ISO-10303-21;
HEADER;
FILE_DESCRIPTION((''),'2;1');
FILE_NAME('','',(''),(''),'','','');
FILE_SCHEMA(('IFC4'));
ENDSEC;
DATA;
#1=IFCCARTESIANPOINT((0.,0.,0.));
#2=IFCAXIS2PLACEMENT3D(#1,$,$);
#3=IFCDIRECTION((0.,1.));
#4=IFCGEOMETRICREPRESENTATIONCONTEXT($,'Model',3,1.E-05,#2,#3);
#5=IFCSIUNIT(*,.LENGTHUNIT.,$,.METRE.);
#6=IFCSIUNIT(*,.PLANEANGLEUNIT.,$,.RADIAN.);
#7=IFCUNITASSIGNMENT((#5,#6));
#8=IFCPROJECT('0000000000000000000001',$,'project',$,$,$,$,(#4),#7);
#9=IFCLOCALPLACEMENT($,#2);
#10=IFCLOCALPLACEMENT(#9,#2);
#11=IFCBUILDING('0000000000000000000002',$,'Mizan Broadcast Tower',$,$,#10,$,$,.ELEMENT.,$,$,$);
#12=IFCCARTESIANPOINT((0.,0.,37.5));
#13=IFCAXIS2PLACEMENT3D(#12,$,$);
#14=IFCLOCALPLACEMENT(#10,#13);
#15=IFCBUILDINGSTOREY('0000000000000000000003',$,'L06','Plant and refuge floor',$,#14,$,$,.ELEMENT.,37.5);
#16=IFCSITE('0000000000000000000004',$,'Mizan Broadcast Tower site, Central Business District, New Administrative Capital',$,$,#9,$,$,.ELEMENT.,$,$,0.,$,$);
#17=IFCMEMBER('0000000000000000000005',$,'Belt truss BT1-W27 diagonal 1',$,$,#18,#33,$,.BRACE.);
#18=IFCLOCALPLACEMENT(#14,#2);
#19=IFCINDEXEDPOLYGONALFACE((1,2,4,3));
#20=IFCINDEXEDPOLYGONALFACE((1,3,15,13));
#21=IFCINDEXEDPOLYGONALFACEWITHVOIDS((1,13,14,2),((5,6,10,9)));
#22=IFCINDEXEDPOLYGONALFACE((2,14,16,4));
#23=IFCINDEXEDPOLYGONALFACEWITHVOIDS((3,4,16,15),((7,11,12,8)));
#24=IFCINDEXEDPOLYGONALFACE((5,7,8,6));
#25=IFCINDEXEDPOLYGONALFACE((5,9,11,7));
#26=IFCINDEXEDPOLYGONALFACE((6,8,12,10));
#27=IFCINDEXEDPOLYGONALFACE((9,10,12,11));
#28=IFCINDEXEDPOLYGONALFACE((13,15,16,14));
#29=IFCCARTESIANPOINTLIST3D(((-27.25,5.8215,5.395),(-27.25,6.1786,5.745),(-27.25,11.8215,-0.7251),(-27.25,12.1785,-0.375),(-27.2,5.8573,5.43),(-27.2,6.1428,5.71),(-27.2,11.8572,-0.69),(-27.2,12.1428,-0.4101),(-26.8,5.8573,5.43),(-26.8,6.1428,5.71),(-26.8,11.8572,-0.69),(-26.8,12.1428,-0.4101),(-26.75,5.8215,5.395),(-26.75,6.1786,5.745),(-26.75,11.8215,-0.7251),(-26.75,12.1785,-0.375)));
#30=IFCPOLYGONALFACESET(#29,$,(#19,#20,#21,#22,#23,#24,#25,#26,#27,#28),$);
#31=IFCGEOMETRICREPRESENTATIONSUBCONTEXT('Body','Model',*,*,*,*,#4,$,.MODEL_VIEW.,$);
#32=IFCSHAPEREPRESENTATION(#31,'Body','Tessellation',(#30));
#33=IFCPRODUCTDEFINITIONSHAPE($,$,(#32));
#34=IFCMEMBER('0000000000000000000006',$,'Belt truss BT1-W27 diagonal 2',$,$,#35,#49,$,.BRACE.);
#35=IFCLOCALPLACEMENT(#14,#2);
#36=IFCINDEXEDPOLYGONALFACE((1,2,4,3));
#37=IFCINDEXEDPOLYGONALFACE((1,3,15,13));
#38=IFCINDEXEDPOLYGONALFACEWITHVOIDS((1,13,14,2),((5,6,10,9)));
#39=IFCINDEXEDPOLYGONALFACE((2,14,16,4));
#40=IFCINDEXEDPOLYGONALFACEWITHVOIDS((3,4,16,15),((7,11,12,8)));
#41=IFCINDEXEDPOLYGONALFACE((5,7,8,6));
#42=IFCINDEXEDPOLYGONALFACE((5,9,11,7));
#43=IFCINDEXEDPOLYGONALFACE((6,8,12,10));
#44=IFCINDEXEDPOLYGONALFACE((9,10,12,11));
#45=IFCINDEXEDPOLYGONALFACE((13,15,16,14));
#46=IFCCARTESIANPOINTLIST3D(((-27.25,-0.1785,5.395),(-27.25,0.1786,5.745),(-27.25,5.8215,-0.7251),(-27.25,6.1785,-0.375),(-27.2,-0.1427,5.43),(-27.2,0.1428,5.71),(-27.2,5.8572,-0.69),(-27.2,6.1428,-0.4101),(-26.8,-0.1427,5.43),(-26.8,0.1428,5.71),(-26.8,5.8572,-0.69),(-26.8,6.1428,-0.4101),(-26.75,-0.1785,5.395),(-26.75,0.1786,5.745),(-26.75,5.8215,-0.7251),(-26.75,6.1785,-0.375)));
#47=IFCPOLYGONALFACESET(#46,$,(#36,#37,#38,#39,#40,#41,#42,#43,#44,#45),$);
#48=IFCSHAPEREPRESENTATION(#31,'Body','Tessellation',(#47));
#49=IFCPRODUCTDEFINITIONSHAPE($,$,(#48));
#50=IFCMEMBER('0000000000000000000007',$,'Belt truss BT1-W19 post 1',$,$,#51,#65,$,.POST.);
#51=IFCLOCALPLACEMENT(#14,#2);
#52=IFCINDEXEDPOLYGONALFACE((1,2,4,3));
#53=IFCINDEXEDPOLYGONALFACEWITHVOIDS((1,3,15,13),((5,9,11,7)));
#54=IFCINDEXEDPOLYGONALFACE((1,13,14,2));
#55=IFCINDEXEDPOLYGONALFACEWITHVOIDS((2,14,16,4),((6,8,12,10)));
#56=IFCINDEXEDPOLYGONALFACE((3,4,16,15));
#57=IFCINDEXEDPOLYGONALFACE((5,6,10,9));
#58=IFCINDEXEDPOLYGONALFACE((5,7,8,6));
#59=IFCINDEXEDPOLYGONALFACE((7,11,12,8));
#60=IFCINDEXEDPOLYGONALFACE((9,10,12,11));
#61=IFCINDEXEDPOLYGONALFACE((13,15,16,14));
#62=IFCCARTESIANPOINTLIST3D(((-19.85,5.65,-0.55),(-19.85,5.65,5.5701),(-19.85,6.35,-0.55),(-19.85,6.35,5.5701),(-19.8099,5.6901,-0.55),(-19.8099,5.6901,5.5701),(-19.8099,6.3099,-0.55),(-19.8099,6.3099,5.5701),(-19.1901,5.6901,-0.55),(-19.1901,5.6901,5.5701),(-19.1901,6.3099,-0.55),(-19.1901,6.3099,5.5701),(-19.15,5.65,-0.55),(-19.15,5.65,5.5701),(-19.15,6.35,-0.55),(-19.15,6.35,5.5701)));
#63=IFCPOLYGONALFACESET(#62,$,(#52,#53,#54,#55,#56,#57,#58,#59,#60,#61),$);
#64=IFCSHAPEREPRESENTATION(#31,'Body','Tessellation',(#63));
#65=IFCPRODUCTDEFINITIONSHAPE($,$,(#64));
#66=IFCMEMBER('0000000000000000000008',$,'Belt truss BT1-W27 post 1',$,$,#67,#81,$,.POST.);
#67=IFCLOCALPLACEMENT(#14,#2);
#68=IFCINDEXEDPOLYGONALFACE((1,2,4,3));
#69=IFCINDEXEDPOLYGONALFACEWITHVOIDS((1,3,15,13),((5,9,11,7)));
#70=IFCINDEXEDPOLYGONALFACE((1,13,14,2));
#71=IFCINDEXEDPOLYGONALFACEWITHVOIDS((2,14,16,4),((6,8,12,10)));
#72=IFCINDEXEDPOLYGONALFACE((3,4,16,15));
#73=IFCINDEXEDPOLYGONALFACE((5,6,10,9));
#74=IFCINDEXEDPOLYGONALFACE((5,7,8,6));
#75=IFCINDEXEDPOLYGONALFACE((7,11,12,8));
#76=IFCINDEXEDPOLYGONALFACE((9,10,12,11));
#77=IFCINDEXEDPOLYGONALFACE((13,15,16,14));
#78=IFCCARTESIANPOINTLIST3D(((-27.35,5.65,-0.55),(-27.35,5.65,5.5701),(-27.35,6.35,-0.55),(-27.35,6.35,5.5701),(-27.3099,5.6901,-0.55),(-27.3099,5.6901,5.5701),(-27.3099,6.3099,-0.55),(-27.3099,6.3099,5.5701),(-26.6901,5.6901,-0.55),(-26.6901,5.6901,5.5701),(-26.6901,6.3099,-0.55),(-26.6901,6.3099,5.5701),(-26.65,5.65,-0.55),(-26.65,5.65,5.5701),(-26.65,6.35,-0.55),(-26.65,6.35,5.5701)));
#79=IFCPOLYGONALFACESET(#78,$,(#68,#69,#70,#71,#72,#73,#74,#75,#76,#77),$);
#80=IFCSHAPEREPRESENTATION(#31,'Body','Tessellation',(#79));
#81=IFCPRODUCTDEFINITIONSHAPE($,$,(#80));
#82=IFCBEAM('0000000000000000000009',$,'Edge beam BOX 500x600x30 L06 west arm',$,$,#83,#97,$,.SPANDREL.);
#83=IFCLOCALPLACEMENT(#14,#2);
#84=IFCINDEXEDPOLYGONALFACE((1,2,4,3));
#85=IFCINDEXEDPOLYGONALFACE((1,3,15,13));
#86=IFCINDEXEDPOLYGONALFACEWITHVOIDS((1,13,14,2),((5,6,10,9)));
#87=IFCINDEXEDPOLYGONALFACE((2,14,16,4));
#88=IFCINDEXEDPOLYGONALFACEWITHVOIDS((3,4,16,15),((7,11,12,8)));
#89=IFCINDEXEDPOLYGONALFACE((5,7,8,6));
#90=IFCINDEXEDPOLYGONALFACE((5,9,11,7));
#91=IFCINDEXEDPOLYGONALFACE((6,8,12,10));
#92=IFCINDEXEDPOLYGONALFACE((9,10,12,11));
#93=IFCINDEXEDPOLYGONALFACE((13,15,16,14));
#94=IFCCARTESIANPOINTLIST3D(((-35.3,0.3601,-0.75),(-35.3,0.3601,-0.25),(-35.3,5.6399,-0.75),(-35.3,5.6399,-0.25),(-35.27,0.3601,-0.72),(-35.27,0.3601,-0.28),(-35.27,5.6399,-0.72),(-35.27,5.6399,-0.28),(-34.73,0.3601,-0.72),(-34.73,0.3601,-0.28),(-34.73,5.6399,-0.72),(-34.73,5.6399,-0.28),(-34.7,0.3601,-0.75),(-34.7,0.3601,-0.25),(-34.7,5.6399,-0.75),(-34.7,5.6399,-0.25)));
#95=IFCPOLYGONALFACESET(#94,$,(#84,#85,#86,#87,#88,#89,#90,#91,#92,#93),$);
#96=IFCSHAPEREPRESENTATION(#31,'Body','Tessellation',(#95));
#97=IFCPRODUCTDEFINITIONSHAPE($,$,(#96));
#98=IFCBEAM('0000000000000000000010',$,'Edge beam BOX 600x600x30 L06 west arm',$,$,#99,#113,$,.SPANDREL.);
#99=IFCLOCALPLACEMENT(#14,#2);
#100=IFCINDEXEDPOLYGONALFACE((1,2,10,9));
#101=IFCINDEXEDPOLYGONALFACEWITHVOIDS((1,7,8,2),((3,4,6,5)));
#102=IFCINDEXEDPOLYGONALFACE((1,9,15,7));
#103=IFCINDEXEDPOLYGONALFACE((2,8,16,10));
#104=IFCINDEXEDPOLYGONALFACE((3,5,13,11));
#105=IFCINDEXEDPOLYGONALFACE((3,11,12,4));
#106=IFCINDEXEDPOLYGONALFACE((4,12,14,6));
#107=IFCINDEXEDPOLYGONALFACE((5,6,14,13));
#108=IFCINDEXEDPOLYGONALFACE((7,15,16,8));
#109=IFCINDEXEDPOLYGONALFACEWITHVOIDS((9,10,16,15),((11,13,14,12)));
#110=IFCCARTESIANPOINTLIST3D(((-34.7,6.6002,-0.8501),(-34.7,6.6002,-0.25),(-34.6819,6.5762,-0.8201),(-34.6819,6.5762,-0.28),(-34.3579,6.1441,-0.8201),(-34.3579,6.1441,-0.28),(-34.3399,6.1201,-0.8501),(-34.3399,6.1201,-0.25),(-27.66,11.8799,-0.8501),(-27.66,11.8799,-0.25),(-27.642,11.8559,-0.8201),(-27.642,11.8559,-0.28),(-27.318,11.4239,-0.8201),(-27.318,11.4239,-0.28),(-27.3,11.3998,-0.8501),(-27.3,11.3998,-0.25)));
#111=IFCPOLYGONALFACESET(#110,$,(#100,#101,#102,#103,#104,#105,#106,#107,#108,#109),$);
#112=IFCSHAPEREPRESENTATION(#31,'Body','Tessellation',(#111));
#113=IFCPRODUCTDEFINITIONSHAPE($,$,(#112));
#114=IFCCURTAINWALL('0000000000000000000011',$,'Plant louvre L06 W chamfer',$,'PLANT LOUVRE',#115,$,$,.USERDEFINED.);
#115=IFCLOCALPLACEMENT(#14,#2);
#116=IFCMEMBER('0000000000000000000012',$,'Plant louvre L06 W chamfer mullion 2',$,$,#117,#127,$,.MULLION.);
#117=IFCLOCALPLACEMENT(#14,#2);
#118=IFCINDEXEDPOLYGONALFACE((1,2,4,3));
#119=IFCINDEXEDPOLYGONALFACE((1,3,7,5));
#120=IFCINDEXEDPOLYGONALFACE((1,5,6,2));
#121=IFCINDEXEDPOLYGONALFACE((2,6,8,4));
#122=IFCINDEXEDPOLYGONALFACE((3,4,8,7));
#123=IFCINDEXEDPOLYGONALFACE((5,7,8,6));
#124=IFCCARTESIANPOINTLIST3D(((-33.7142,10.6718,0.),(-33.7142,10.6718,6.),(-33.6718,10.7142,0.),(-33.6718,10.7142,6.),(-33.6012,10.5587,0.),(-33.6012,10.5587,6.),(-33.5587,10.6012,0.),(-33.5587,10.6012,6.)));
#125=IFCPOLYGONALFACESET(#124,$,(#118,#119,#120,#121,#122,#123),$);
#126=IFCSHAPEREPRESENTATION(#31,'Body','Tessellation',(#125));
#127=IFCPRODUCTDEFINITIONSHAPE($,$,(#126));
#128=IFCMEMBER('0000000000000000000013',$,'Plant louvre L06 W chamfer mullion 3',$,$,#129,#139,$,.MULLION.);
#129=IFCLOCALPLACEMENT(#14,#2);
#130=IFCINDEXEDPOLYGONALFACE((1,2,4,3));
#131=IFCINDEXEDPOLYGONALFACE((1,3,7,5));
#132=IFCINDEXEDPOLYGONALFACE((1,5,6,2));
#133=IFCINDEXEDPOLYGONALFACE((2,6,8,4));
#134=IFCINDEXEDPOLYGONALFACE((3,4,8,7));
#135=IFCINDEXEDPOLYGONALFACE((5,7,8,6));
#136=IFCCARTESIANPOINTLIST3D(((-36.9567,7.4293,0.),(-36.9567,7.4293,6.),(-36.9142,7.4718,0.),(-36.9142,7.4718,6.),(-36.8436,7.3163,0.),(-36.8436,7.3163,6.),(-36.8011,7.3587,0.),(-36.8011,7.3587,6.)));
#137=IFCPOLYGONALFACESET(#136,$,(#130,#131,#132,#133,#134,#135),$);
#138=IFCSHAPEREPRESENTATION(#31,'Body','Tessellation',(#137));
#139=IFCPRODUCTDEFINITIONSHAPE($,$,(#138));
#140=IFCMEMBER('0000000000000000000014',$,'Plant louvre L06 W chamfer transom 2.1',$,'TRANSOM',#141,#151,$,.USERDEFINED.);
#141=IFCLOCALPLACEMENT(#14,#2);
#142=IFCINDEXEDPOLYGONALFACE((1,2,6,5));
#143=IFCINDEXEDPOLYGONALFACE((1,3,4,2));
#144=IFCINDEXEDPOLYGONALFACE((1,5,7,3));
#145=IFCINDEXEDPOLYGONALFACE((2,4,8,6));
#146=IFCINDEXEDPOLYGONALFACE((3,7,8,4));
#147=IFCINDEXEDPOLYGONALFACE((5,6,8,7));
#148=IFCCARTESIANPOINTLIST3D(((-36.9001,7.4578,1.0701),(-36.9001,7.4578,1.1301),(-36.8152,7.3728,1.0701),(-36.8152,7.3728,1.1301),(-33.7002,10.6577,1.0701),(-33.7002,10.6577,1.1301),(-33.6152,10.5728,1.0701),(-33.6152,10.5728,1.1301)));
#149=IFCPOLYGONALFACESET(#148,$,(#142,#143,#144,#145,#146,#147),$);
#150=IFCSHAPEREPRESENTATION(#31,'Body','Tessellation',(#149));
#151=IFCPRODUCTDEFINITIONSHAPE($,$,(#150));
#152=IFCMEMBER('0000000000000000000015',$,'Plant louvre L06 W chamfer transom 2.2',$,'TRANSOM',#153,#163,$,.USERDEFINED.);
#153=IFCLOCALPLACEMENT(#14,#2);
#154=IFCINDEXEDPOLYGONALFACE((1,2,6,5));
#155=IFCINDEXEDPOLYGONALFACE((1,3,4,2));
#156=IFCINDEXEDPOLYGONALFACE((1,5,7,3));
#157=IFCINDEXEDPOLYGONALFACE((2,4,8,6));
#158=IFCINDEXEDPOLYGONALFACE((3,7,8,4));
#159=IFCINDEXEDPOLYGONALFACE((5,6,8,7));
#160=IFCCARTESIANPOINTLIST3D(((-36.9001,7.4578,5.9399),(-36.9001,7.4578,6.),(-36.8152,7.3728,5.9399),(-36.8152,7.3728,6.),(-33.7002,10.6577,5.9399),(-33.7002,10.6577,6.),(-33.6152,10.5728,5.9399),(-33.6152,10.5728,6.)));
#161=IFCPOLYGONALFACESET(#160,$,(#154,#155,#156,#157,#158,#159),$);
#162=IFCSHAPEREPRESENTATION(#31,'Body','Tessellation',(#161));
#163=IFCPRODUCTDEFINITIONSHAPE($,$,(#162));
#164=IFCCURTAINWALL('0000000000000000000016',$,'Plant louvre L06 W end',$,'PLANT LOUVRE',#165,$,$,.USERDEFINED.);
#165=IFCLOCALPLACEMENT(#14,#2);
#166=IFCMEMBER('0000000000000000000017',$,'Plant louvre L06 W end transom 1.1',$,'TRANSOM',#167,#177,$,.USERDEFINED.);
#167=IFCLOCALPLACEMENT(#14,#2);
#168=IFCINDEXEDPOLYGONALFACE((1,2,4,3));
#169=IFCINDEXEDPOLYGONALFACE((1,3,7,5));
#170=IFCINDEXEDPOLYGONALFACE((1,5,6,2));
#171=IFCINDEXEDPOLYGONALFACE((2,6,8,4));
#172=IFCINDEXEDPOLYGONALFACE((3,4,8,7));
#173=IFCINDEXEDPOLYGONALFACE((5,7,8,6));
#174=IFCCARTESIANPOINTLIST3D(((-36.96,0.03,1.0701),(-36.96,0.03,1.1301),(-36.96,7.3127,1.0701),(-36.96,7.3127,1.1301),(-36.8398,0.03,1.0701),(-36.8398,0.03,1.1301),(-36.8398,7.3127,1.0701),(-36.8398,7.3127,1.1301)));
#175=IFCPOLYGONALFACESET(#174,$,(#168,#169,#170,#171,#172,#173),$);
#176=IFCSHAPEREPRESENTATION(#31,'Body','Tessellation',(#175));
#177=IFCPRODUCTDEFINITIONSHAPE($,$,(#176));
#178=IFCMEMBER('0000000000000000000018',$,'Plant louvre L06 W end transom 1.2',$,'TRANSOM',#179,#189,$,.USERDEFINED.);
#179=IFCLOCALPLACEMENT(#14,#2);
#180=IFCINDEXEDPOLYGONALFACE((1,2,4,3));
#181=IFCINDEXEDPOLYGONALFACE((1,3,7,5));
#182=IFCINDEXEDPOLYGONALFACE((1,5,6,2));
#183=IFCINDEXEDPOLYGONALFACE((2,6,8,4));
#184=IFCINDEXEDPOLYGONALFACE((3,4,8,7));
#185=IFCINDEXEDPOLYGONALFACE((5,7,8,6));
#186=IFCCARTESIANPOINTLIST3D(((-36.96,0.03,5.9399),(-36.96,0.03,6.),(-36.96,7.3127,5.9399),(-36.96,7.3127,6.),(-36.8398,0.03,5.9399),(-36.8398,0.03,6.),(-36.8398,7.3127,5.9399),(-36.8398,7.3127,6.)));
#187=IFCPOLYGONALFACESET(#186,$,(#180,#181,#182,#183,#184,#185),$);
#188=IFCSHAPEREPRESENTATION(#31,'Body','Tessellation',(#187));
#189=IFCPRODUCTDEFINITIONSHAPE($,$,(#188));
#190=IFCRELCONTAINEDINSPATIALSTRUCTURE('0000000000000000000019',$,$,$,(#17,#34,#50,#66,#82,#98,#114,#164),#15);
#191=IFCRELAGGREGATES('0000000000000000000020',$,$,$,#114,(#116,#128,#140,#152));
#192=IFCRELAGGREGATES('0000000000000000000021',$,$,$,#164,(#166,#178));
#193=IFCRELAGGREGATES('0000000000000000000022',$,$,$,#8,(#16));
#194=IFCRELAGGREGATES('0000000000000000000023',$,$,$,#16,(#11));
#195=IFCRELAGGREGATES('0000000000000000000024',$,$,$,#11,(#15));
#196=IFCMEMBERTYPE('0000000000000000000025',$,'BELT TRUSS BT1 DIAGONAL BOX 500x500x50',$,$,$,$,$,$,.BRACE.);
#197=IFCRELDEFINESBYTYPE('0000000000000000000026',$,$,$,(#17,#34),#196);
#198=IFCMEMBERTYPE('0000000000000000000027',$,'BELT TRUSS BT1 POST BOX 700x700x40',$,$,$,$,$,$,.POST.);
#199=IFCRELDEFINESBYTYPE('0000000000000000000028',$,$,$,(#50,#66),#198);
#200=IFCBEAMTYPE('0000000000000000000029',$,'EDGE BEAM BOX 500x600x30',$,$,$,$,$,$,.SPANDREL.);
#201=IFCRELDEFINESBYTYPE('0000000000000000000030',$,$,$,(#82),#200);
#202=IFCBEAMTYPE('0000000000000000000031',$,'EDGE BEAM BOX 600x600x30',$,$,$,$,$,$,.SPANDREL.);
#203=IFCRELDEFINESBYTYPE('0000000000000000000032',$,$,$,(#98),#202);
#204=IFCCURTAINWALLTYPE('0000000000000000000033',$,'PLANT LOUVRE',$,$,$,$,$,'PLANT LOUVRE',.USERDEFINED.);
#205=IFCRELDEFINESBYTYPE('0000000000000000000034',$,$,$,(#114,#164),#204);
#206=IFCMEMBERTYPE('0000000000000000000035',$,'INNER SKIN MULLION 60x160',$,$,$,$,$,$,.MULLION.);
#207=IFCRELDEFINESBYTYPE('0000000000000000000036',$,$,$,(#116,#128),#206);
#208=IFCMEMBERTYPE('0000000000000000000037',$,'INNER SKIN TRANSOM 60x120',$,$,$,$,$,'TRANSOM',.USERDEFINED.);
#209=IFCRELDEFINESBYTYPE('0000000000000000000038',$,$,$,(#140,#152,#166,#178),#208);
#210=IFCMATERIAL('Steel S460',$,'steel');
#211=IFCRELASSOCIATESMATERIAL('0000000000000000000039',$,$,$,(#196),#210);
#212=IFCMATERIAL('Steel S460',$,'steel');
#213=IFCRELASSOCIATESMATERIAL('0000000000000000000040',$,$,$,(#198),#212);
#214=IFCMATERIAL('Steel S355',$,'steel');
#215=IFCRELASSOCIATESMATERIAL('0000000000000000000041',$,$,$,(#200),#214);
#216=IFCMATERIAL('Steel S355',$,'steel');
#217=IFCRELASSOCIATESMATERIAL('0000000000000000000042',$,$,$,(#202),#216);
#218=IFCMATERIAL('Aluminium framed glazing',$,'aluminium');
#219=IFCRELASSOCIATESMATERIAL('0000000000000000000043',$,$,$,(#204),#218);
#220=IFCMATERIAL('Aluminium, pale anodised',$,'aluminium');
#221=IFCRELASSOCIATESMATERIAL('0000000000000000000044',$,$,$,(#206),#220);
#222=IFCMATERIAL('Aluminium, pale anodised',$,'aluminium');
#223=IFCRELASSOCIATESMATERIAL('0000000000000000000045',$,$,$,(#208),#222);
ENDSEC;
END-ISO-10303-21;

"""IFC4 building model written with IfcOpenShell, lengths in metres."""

from ifc_helpers import new_model, si_unit, direction, frame, origin, origin_2d, place, context, subcontext, project, spatial, rectangle, hollow_rectangle, extrude, material, material_profile, profile_set, type_object, element, aggregate, save


model = new_model("IFC4")

# Units and contexts
model_context = context("Model", 3, precision=1e-05, world=origin(), true_north=direction((0.0, 1.0)))
body_context = subcontext(model_context, "Body", "Model", "MODEL_VIEW")
ifc_project = project(units=[si_unit("LENGTHUNIT", "METRE"), si_unit("PLANEANGLEUNIT", "RADIAN")], contexts=[model_context])

# Site, building, storey
site_placement = place(None, origin())
site = spatial("IfcSite", under=ifc_project, at=site_placement, Name="Mizan Broadcast Tower site, Central Business District, New Administrative Capital", CompositionType="ELEMENT", RefElevation=0.0)
building_placement = place(site_placement, origin())
building = spatial("IfcBuilding", under=site, at=building_placement, Name="Mizan Broadcast Tower", CompositionType="ELEMENT")
storey_placement = place(building_placement, frame((0.0, 0.0, 37.5)))
storey = spatial("IfcBuildingStorey", under=building, at=storey_placement, Name="L06", Description="Plant and refuge floor", CompositionType="ELEMENT", Elevation=37.5)

# Members
ifc_material_1 = material(Name="Steel S460", Category="steel")
ifc_material_profile_1 = material_profile(ifc_material_1, hollow_rectangle(XDim=0.5, YDim=0.5, WallThickness=0.05, at=origin_2d()), Name="BOX 500x500x50")
ifc_profile_set_1 = profile_set([ifc_material_profile_1], Name="Steel S460")
member_type_1 = type_object("IfcMemberType", Name="BELT TRUSS BT1 DIAGONAL BOX 500x500x50", PredefinedType="BRACE", material=ifc_profile_set_1)
for number, where, z_axis, x_axis, name in (
    (1, (-27.0, 12.0, -0.55), (0.0, -0.700065, 0.71408), (1.0, 0.0, 0.0), "Belt truss BT1-W27 diagonal 1"),
    (2, (-27.0, 6.0, -0.55), (0.0, -0.700065, 0.71408), (1.0, 0.0, 0.0), "Belt truss BT1-W27 diagonal 2"),
):
    element("IfcMember", number, at=place(storey_placement, frame(where, z_axis=z_axis, x_axis=x_axis)), inside=storey, type_object=member_type_1, Name=name, PredefinedType="BRACE", context=body_context, shape_type="SweptSolid", body=[
        extrude(hollow_rectangle(XDim=0.5, YDim=0.5, WallThickness=0.05, at=origin_2d()), origin(), (0.0, 0.0, 1.0), 8.5706),
    ])
ifc_material_2 = material(Name="Steel S460", Category="steel")
ifc_material_profile_2 = material_profile(ifc_material_2, hollow_rectangle(XDim=0.7, YDim=0.7, WallThickness=0.04, at=origin_2d()), Name="BOX 700x700x40")
ifc_profile_set_2 = profile_set([ifc_material_profile_2], Name="Steel S460")
member_type_2 = type_object("IfcMemberType", Name="BELT TRUSS BT1 POST BOX 700x700x40", PredefinedType="POST", material=ifc_profile_set_2)
for number, where, z_axis, x_axis, name in (
    (3, (-19.5, 6.0, -0.55), (0.0, 0.0, 1.0), (1.0, 0.0, 0.0), "Belt truss BT1-W19 post 1"),
    (4, (-27.0, 6.0, -0.55), (0.0, 0.0, 1.0), (1.0, 0.0, 0.0), "Belt truss BT1-W27 post 1"),
):
    element("IfcMember", number, at=place(storey_placement, frame(where, z_axis=z_axis, x_axis=x_axis)), inside=storey, type_object=member_type_2, Name=name, PredefinedType="POST", context=body_context, shape_type="SweptSolid", body=[
        extrude(hollow_rectangle(XDim=0.7, YDim=0.7, WallThickness=0.04, at=origin_2d()), origin(), (0.0, 0.0, 1.0), 6.1201),
    ])

# Beams
ifc_material_3 = material(Name="Steel S355", Category="steel")
ifc_material_profile_3 = material_profile(ifc_material_3, hollow_rectangle(XDim=0.6001, YDim=0.5, WallThickness=0.03, at=origin_2d()), Name="BOX 500x600x30")
ifc_profile_set_3 = profile_set([ifc_material_profile_3], Name="Steel S355")
beam_type_1 = type_object("IfcBeamType", Name="EDGE BEAM BOX 500x600x30", PredefinedType="SPANDREL", material=ifc_profile_set_3)
beam_1_placement = place(storey_placement, frame((-35.0, 5.6399, -0.5), z_axis=(0.0, -1.0, 0.0), x_axis=(1.0, 0.0, 0.0)))
element("IfcBeam", 5, at=beam_1_placement, inside=storey, type_object=beam_type_1, Name="Edge beam BOX 500x600x30 L06 west arm", PredefinedType="SPANDREL", context=body_context, shape_type="SweptSolid", body=[
    extrude(hollow_rectangle(XDim=0.6001, YDim=0.5, WallThickness=0.03, at=origin_2d()), origin(), (0.0, 0.0, 1.0), 5.2798),
])
ifc_material_4 = material(Name="Steel S355", Category="steel")
ifc_material_profile_4 = material_profile(ifc_material_4, hollow_rectangle(XDim=0.6001, YDim=0.6001, WallThickness=0.03, at=origin_2d()), Name="BOX 600x600x30")
ifc_profile_set_4 = profile_set([ifc_material_profile_4], Name="Steel S355")
beam_type_2 = type_object("IfcBeamType", Name="EDGE BEAM BOX 600x600x30", PredefinedType="SPANDREL", material=ifc_profile_set_4)
beam_2_placement = place(storey_placement, frame((-27.48, 11.6399, -0.55), z_axis=(-0.800013, -0.599982, 0.0), x_axis=(0.599982, -0.800013, 0.0)))
element("IfcBeam", 6, at=beam_2_placement, inside=storey, type_object=beam_type_2, Name="Edge beam BOX 600x600x30 L06 west arm", PredefinedType="SPANDREL", context=body_context, shape_type="SweptSolid", body=[
    extrude(hollow_rectangle(XDim=0.6001, YDim=0.6001, WallThickness=0.03, at=origin_2d()), origin(), (0.0, 0.0, 1.0), 8.7998),
])

# Curtain walls, members
ifc_material_5 = material(Name="Aluminium framed glazing", Category="aluminium")
curtain_wall_type = type_object("IfcCurtainWallType", Name="PLANT LOUVRE", ElementType="PLANT LOUVRE", PredefinedType="USERDEFINED", material=ifc_material_5)
curtain_wall_1_placement = place(storey_placement, origin())
curtain_wall_1 = element("IfcCurtainWall", 7, at=curtain_wall_1_placement, inside=storey, type_object=curtain_wall_type, Name="Plant louvre L06 W chamfer", ObjectType="PLANT LOUVRE", PredefinedType="USERDEFINED")
ifc_material_6 = material(Name="Aluminium, pale anodised", Category="aluminium")
ifc_material_profile_5 = material_profile(ifc_material_6, rectangle(XDim=0.1599, YDim=0.0601, at=origin_2d()), Name="MULLION 160x60")
ifc_profile_set_5 = profile_set([ifc_material_profile_5], Name="Aluminium, pale anodised")
member_type_3 = type_object("IfcMemberType", Name="INNER SKIN MULLION 60x160", PredefinedType="MULLION", material=ifc_profile_set_5)
member_1_placement = place(storey_placement, frame((-33.6365, 10.6365, 0.0), z_axis=(0.0, 0.0, 1.0), x_axis=(0.707107, -0.707107, 0.0)))
member_1 = element("IfcMember", 8, at=member_1_placement, type_object=member_type_3, Name="Plant louvre L06 W chamfer mullion 2", PredefinedType="MULLION", context=body_context, shape_type="SweptSolid", body=[
    extrude(rectangle(XDim=0.1599, YDim=0.0601, at=origin_2d()), origin(), (0.0, 0.0, 1.0), 6.0),
])
member_2_placement = place(storey_placement, frame((-36.8789, 7.394, 0.0), z_axis=(0.0, 0.0, 1.0), x_axis=(0.707107, -0.707107, 0.0)))
member_2 = element("IfcMember", 9, at=member_2_placement, type_object=member_type_3, Name="Plant louvre L06 W chamfer mullion 3", PredefinedType="MULLION", context=body_context, shape_type="SweptSolid", body=[
    extrude(rectangle(XDim=0.1599, YDim=0.0601, at=origin_2d()), origin(), (0.0, 0.0, 1.0), 6.0),
])
ifc_material_7 = material(Name="Aluminium, pale anodised", Category="aluminium")
ifc_material_profile_6 = material_profile(ifc_material_7, rectangle(XDim=0.1201, YDim=0.0601, at=origin_2d()), Name="TRANSOM 120x60")
ifc_profile_set_6 = profile_set([ifc_material_profile_6], Name="Aluminium, pale anodised")
member_type_4 = type_object("IfcMemberType", Name="INNER SKIN TRANSOM 60x120", ElementType="TRANSOM", PredefinedType="USERDEFINED", material=ifc_profile_set_6)
member_3_placement = place(storey_placement, frame((-33.6577, 10.6152, 1.1001), z_axis=(-0.707107, -0.707107, 0.0), x_axis=(0.707107, -0.707107, 0.0)))
member_3 = element("IfcMember", 10, at=member_3_placement, type_object=member_type_4, Name="Plant louvre L06 W chamfer transom 2.1", ObjectType="TRANSOM", PredefinedType="USERDEFINED", context=body_context, shape_type="SweptSolid", body=[
    extrude(rectangle(XDim=0.1201, YDim=0.0601, at=origin_2d()), origin(), (0.0, 0.0, 1.0), 4.5254),
])
member_4_placement = place(storey_placement, frame((-33.6577, 10.6152, 5.97), z_axis=(-0.707107, -0.707107, 0.0), x_axis=(0.707107, -0.707107, 0.0)))
member_4 = element("IfcMember", 11, at=member_4_placement, type_object=member_type_4, Name="Plant louvre L06 W chamfer transom 2.2", ObjectType="TRANSOM", PredefinedType="USERDEFINED", context=body_context, shape_type="SweptSolid", body=[
    extrude(rectangle(XDim=0.1201, YDim=0.0601, at=origin_2d()), origin(), (0.0, 0.0, 1.0), 4.5254),
])
curtain_wall_2_placement = place(storey_placement, origin())
curtain_wall_2 = element("IfcCurtainWall", 12, at=curtain_wall_2_placement, inside=storey, type_object=curtain_wall_type, Name="Plant louvre L06 W end", ObjectType="PLANT LOUVRE", PredefinedType="USERDEFINED")
member_5_placement = place(storey_placement, frame((-36.8999, 7.3127, 1.1001), z_axis=(0.0, -1.0, 0.0), x_axis=(1.0, 0.0, 0.0)))
member_5 = element("IfcMember", 13, at=member_5_placement, type_object=member_type_4, Name="Plant louvre L06 W end transom 1.1", ObjectType="TRANSOM", PredefinedType="USERDEFINED", context=body_context, shape_type="SweptSolid", body=[
    extrude(rectangle(XDim=0.1201, YDim=0.0601, at=origin_2d()), origin(), (0.0, 0.0, 1.0), 7.2827),
])
member_6_placement = place(storey_placement, frame((-36.8999, 7.3127, 5.97), z_axis=(0.0, -1.0, 0.0), x_axis=(1.0, 0.0, 0.0)))
member_6 = element("IfcMember", 14, at=member_6_placement, type_object=member_type_4, Name="Plant louvre L06 W end transom 1.2", ObjectType="TRANSOM", PredefinedType="USERDEFINED", context=body_context, shape_type="SweptSolid", body=[
    extrude(rectangle(XDim=0.1201, YDim=0.0601, at=origin_2d()), origin(), (0.0, 0.0, 1.0), 7.2827),
])

aggregate(curtain_wall_1, [member_1, member_2, member_3, member_4])
aggregate(curtain_wall_2, [member_5, member_6])

save(model, "model.ifc")
